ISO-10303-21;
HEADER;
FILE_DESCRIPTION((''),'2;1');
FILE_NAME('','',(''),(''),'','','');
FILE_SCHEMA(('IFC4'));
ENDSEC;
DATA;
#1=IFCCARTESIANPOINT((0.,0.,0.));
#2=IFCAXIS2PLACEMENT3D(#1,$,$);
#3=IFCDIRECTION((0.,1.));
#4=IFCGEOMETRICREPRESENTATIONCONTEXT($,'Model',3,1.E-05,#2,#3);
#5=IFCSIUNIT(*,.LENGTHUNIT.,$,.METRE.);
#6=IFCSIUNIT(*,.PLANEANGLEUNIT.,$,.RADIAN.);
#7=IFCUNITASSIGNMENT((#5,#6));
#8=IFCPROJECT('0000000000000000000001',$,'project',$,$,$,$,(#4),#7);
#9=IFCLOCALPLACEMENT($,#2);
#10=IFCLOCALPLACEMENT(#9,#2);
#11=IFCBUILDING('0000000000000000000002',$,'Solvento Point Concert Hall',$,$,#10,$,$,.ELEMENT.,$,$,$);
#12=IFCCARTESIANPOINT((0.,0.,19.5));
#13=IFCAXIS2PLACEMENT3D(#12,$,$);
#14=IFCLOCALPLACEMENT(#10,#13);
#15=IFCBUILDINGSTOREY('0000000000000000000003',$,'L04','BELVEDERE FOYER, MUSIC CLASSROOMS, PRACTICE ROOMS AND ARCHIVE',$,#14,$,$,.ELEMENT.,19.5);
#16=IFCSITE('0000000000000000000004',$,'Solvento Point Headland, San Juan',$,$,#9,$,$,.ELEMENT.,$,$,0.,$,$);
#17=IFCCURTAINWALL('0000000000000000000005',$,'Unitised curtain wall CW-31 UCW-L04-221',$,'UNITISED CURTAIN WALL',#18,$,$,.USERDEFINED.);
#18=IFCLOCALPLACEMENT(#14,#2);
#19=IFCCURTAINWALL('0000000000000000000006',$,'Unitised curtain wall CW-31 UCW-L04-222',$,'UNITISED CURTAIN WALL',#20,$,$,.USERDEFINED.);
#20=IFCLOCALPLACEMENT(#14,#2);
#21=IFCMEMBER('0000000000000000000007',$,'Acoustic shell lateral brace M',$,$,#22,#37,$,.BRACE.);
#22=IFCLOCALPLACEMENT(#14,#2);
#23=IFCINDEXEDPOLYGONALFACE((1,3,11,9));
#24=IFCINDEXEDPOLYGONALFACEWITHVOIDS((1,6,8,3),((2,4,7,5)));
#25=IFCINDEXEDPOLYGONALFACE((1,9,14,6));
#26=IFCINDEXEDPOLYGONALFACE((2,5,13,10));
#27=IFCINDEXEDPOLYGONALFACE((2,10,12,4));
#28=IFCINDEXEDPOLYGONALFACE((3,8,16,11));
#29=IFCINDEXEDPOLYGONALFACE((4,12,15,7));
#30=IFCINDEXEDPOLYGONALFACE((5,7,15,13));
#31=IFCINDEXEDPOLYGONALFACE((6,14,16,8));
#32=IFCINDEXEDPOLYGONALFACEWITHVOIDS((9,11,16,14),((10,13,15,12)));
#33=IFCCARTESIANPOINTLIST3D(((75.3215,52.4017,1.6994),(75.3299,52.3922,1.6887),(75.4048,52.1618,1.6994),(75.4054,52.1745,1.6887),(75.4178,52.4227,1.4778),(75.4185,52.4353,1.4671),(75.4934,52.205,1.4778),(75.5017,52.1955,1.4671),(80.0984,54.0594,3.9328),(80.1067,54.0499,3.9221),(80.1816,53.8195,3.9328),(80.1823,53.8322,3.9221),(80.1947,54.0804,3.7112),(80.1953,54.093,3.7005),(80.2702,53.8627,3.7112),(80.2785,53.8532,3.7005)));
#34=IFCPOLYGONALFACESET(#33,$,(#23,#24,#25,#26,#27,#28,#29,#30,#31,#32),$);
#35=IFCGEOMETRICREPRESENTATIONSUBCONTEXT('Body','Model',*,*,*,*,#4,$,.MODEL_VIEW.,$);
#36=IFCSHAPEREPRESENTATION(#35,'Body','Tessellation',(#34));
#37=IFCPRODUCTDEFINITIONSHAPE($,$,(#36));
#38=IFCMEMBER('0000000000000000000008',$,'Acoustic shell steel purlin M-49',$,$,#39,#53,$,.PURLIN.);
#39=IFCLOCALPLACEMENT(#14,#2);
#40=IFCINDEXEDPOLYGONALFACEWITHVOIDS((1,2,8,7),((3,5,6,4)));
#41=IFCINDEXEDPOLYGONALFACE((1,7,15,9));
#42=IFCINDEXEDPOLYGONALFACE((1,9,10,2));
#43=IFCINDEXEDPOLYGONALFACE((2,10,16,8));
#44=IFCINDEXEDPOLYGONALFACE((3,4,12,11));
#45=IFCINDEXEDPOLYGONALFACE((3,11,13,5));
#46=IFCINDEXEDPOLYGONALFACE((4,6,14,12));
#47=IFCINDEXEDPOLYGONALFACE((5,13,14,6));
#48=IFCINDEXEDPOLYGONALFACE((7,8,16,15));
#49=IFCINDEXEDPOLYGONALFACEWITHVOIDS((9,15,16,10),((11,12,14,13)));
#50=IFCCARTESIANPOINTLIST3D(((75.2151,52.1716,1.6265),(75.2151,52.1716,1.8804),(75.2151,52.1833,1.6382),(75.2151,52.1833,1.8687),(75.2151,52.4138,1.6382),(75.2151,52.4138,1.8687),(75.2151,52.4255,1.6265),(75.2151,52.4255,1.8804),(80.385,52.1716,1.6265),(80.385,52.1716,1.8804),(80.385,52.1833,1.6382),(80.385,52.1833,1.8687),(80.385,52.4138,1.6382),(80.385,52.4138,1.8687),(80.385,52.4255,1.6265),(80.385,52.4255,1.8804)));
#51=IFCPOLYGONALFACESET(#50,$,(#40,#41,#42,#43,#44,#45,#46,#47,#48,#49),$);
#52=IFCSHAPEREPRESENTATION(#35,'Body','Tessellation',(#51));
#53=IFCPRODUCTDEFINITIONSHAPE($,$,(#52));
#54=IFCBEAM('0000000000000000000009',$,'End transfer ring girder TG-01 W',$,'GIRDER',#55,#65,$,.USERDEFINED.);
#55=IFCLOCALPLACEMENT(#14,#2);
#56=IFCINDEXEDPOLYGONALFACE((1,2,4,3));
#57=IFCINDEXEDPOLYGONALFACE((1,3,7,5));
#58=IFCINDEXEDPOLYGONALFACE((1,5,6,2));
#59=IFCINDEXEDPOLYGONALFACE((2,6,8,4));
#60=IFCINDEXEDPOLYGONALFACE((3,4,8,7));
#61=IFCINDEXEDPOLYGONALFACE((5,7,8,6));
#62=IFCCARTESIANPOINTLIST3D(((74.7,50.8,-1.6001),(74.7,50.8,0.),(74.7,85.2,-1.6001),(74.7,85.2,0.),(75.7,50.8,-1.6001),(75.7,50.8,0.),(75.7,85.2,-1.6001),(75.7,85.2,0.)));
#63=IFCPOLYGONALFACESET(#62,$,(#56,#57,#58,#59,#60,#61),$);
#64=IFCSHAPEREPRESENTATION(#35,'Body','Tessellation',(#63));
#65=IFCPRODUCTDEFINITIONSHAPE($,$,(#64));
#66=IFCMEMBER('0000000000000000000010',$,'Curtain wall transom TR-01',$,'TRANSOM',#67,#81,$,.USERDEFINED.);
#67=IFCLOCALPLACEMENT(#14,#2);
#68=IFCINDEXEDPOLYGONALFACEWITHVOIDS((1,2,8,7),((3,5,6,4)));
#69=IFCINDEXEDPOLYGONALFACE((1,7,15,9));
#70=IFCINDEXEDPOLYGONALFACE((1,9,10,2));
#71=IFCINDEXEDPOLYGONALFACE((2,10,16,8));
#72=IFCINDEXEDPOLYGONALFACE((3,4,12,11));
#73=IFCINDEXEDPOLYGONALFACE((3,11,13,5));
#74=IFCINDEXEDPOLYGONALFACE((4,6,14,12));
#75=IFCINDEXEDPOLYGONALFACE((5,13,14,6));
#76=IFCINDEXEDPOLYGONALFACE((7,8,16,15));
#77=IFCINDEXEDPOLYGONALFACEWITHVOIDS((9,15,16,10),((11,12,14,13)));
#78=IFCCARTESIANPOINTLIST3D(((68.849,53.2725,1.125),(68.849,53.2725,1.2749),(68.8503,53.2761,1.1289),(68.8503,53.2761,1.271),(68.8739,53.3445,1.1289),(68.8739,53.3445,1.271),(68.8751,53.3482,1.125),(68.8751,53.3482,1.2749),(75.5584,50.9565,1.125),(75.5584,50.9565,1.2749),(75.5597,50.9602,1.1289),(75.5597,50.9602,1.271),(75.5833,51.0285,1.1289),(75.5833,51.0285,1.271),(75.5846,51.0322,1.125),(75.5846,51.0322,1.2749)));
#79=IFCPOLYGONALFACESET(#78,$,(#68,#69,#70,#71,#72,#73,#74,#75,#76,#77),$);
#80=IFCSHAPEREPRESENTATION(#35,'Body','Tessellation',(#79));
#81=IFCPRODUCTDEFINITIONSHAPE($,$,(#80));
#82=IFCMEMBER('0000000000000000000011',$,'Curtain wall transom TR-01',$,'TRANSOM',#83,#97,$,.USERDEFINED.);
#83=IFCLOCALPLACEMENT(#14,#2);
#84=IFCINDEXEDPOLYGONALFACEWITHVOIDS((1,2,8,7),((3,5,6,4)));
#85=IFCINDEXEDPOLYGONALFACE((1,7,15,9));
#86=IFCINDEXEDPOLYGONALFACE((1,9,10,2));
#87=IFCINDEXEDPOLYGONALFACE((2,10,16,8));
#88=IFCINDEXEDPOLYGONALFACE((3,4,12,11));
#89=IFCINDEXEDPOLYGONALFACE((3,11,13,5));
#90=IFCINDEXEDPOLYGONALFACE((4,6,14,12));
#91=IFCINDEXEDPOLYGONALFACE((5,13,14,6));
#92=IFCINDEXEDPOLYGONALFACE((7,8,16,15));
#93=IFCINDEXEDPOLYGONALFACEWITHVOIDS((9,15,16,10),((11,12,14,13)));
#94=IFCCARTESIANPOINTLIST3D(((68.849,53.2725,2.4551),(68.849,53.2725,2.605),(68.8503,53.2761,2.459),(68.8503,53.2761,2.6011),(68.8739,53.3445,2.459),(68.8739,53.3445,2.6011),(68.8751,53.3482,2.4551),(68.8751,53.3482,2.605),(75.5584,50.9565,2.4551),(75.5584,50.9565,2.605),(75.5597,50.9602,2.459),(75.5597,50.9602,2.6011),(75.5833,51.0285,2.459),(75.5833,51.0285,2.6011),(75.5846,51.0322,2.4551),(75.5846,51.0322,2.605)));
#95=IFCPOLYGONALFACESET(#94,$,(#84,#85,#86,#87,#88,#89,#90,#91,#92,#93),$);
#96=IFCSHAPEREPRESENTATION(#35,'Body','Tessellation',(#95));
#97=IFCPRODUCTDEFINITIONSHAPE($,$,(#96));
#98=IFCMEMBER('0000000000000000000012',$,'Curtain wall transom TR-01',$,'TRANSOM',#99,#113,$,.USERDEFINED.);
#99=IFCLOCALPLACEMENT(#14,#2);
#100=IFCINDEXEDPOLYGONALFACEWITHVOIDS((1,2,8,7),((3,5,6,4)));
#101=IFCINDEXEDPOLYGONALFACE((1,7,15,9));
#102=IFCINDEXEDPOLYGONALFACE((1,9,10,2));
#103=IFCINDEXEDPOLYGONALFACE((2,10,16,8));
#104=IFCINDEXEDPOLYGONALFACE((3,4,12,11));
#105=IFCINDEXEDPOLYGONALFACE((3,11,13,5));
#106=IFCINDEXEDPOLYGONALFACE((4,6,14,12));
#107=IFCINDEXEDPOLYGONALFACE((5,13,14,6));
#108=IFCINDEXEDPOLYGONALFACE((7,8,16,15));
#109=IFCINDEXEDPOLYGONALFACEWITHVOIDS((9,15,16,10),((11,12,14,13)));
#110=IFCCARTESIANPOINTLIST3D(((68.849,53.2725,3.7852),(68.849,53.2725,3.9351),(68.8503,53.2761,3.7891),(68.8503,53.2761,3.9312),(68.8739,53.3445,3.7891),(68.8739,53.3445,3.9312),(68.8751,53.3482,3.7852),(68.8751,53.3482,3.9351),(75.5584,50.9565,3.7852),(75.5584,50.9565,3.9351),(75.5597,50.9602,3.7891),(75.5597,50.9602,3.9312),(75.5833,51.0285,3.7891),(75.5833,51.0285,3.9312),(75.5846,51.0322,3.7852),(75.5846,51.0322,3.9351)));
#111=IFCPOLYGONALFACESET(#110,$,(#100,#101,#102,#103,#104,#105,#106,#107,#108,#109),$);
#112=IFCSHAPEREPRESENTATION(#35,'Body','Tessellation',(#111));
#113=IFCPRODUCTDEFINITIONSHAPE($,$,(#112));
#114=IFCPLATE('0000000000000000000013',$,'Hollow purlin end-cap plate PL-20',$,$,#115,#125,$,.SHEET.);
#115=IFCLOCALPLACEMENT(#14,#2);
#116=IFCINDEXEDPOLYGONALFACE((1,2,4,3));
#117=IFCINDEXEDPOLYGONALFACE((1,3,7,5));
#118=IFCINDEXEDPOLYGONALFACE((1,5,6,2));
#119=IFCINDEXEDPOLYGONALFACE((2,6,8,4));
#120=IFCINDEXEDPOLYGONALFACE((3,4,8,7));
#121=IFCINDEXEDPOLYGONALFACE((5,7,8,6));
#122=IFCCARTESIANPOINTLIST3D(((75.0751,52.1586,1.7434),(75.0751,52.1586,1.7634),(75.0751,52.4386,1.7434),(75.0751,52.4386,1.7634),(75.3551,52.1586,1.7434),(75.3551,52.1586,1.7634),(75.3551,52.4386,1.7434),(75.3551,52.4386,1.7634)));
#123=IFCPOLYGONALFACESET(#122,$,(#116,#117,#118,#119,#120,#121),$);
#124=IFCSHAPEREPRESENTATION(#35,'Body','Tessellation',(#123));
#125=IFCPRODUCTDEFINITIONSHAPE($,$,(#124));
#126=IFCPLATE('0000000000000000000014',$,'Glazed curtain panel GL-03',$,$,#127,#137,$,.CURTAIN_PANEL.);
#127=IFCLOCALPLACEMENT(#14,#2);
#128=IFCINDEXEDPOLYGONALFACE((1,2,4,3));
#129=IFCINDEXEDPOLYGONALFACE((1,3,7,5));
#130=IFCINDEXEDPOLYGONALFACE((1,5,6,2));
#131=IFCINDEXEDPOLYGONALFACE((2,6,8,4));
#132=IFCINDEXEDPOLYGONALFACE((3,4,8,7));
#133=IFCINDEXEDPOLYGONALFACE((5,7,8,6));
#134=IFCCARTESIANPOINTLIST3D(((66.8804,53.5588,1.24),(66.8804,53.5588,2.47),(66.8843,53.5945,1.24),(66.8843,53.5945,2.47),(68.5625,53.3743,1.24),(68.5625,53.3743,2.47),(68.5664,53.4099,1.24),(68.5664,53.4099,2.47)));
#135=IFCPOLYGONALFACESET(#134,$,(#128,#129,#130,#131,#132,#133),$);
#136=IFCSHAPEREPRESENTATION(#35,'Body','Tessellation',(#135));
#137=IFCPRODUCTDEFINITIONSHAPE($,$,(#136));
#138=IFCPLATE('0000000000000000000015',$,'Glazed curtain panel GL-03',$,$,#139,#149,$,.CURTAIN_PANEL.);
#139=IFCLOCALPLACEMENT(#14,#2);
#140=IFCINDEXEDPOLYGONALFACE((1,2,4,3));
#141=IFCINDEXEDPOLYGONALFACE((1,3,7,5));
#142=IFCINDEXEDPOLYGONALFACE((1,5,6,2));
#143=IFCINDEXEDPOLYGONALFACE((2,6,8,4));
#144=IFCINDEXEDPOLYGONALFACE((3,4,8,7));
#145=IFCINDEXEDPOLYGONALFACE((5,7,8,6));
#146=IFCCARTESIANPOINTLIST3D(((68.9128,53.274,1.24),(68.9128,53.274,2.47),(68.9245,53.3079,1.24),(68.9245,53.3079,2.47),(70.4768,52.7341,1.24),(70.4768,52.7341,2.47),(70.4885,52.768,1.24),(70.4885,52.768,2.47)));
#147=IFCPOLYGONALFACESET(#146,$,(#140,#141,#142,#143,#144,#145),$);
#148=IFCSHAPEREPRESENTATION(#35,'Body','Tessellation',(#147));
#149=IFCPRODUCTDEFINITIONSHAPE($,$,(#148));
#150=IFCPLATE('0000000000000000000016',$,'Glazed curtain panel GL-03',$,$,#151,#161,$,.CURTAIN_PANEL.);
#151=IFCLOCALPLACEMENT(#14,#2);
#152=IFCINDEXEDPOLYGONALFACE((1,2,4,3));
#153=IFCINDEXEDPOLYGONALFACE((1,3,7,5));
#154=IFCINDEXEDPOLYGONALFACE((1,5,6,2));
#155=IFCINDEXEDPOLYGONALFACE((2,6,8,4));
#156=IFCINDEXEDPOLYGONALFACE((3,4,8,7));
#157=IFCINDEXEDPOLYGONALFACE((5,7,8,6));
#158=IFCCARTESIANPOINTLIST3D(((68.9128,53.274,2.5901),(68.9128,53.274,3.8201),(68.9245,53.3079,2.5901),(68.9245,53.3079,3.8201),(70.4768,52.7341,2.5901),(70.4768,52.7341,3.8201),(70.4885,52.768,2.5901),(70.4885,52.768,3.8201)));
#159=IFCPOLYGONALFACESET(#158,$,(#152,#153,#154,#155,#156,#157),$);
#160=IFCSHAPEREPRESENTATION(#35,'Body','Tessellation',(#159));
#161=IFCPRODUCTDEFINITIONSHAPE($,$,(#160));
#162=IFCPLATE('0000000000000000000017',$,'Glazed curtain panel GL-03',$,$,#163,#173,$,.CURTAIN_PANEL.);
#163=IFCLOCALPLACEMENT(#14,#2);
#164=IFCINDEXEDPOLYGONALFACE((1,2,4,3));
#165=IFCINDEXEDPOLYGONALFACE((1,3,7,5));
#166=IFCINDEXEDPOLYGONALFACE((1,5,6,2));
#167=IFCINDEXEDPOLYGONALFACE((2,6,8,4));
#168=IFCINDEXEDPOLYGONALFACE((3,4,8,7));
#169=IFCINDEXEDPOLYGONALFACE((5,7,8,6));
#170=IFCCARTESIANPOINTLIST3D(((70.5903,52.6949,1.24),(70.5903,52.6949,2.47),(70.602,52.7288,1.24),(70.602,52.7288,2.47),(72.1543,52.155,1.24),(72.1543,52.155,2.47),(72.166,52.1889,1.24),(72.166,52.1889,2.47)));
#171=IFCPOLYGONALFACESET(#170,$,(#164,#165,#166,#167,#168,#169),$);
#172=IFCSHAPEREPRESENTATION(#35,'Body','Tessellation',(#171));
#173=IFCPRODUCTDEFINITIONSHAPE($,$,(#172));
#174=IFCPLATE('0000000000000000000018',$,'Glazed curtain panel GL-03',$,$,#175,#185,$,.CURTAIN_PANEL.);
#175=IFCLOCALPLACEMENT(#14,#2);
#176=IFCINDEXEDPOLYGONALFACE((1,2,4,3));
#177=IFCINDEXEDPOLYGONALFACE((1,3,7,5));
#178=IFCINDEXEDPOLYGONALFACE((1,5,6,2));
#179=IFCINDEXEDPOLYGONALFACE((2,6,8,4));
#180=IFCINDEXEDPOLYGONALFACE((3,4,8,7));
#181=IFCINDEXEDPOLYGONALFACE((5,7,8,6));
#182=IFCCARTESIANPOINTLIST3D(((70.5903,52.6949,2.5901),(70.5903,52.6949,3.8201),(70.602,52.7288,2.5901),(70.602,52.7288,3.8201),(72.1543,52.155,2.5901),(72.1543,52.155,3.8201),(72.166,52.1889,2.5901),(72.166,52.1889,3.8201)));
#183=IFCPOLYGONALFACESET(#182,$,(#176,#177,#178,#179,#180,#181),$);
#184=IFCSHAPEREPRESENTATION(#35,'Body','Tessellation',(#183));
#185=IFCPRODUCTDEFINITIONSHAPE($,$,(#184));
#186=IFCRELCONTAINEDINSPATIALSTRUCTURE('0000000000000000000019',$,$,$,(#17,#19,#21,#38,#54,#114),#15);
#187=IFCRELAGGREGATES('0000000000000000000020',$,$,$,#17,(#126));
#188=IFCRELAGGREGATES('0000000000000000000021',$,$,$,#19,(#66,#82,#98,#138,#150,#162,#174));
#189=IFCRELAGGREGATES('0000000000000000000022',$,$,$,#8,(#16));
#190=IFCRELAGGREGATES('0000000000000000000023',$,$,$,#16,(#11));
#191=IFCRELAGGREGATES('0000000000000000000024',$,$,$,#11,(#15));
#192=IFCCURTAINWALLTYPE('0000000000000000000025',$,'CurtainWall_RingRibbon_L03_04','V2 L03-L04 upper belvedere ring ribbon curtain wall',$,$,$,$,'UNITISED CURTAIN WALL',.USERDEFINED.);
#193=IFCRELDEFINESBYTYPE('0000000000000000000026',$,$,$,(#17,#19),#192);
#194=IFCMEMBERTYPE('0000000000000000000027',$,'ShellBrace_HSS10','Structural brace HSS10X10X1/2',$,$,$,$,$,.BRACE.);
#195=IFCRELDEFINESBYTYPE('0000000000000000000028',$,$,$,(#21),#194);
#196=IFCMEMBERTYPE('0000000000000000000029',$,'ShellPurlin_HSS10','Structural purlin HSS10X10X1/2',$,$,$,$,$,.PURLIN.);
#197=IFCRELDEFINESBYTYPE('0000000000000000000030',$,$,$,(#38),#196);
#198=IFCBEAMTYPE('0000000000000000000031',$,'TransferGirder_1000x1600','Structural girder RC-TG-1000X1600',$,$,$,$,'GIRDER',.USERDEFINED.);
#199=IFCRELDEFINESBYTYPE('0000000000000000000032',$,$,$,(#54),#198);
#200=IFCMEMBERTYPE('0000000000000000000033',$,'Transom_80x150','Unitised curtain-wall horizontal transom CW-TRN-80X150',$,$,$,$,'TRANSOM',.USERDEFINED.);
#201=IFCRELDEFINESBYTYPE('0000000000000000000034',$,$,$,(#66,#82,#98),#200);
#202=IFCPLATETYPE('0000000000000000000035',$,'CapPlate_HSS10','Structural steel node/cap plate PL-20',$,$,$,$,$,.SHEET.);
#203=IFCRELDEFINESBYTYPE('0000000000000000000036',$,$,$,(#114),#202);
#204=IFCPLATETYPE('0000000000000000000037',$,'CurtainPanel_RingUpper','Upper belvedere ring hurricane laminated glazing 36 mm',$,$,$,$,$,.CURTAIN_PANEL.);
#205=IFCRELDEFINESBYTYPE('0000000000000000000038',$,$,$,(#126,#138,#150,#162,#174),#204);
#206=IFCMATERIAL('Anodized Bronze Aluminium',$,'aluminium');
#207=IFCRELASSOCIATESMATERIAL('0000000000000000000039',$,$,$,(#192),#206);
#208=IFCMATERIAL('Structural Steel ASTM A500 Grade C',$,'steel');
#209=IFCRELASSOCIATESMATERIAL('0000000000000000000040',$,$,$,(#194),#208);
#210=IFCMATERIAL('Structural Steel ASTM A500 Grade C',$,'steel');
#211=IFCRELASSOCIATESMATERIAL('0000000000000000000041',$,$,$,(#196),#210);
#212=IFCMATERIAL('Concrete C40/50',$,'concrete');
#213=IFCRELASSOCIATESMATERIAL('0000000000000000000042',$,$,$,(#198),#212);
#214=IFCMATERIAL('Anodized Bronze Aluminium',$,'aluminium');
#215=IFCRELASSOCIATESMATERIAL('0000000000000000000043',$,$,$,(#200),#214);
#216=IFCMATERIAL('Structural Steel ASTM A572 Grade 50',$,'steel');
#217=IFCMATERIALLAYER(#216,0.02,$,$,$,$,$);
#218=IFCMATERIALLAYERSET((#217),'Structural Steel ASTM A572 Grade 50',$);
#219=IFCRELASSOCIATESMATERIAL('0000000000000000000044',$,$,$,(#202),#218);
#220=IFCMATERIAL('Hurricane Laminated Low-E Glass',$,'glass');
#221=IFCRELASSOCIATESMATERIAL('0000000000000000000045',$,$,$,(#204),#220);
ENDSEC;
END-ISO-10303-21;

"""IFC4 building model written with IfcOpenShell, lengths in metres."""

from ifc_helpers import new_model, si_unit, direction, frame, origin, origin_2d, place, context, subcontext, project, spatial, rectangle, hollow_rectangle, extrude, material, layer, layer_set, material_profile, profile_set, type_object, element, aggregate, save


model = new_model("IFC4")

# Units and contexts
model_context = context("Model", 3, precision=1e-05, world=origin(), true_north=direction((0.0, 1.0)))
body_context = subcontext(model_context, "Body", "Model", "MODEL_VIEW")
ifc_project = project(units=[si_unit("LENGTHUNIT", "METRE"), si_unit("PLANEANGLEUNIT", "RADIAN")], contexts=[model_context])

# Site, building, storey
site_placement = place(None, origin())
site = spatial("IfcSite", under=ifc_project, at=site_placement, Name="Solvento Point Headland, San Juan", CompositionType="ELEMENT", RefElevation=0.0)
building_placement = place(site_placement, origin())
building = spatial("IfcBuilding", under=site, at=building_placement, Name="Solvento Point Concert Hall", CompositionType="ELEMENT")
storey_placement = place(building_placement, frame((0.0, 0.0, 19.5)))
storey = spatial("IfcBuildingStorey", under=building, at=storey_placement, Name="L04", Description="BELVEDERE FOYER, MUSIC CLASSROOMS, PRACTICE ROOMS AND ARCHIVE", CompositionType="ELEMENT", Elevation=19.5)

# Curtain wall
ifc_material_1 = material(Name="Anodized Bronze Aluminium", Category="aluminium")
curtain_wall_type = type_object("IfcCurtainWallType", Name="CurtainWall_RingRibbon_L03_04", Description="V2 L03-L04 upper belvedere ring ribbon curtain wall", ElementType="UNITISED CURTAIN WALL", PredefinedType="USERDEFINED", material=ifc_material_1)
curtain_wall_1_placement = place(storey_placement, origin())
curtain_wall_1 = element("IfcCurtainWall", 1, at=curtain_wall_1_placement, inside=storey, type_object=curtain_wall_type, Name="Unitised curtain wall CW-31 UCW-L04-221", ObjectType="UNITISED CURTAIN WALL", PredefinedType="USERDEFINED")

# Curtain wall
curtain_wall_2_placement = place(storey_placement, origin())
curtain_wall_2 = element("IfcCurtainWall", 2, at=curtain_wall_2_placement, inside=storey, type_object=curtain_wall_type, Name="Unitised curtain wall CW-31 UCW-L04-222", ObjectType="UNITISED CURTAIN WALL", PredefinedType="USERDEFINED")

# Members
ifc_material_2 = material(Name="Structural Steel ASTM A500 Grade C", Category="steel")
ifc_material_profile_1 = material_profile(ifc_material_2, hollow_rectangle(XDim=0.2539, YDim=0.2539, WallThickness=0.0117, at=origin_2d()), Name="HSS10X10X1/2")
ifc_profile_set_1 = profile_set([ifc_material_profile_1], Name="Structural Steel ASTM A500 Grade C")
member_type_1 = type_object("IfcMemberType", Name="ShellBrace_HSS10", Description="Structural brace HSS10X10X1/2", PredefinedType="BRACE", material=ifc_profile_set_1)
member_1_placement = place(storey_placement, frame((75.4116, 52.2986, 1.5833), z_axis=(0.864182, 0.299897, 0.404044), x_axis=(-0.32785, 0.94473, 0.0)))
element("IfcMember", 3, at=member_1_placement, inside=storey, type_object=member_type_1, Name="Acoustic shell lateral brace M", PredefinedType="BRACE", context=body_context, shape_type="SweptSolid", body=[
    extrude(hollow_rectangle(XDim=0.2539, YDim=0.2539, WallThickness=0.0117, at=origin_2d()), origin(), (0.0, 0.0, 1.0), 5.5276),
])
ifc_material_3 = material(Name="Structural Steel ASTM A500 Grade C", Category="steel")
ifc_material_profile_2 = material_profile(ifc_material_3, hollow_rectangle(XDim=0.2539, YDim=0.2539, WallThickness=0.0117, at=origin_2d()), Name="HSS10X10X1/2")
ifc_profile_set_2 = profile_set([ifc_material_profile_2], Name="Structural Steel ASTM A500 Grade C")
member_type_2 = type_object("IfcMemberType", Name="ShellPurlin_HSS10", Description="Structural purlin HSS10X10X1/2", PredefinedType="PURLIN", material=ifc_profile_set_2)
member_2_placement = place(storey_placement, frame((75.2151, 52.2986, 1.7534), z_axis=(1.0, 0.0, 0.0), x_axis=(0.0, 1.0, 0.0)))
element("IfcMember", 4, at=member_2_placement, inside=storey, type_object=member_type_2, Name="Acoustic shell steel purlin M-49", PredefinedType="PURLIN", context=body_context, shape_type="SweptSolid", body=[
    extrude(hollow_rectangle(XDim=0.2539, YDim=0.2539, WallThickness=0.0117, at=origin_2d()), origin(), (0.0, 0.0, 1.0), 5.1699),
])

# Beam
ifc_material_4 = material(Name="Concrete C40/50", Category="concrete")
ifc_material_profile_3 = material_profile(ifc_material_4, rectangle(XDim=1.0, YDim=1.6001, at=origin_2d()), Name="RC-TG-1000X1600")
ifc_profile_set_3 = profile_set([ifc_material_profile_3], Name="Concrete C40/50")
beam_type_1 = type_object("IfcBeamType", Name="TransferGirder_1000x1600", Description="Structural girder RC-TG-1000X1600", ElementType="GIRDER", PredefinedType="USERDEFINED", material=ifc_profile_set_3)
beam_1_placement = place(storey_placement, frame((75.2, 50.8, -0.8), z_axis=(0.0, 1.0, 0.0), x_axis=(-1.0, 0.0, 0.0)))
element("IfcBeam", 5, at=beam_1_placement, inside=storey, type_object=beam_type_1, Name="End transfer ring girder TG-01 W", ObjectType="GIRDER", PredefinedType="USERDEFINED", context=body_context, shape_type="SweptSolid", body=[
    extrude(rectangle(XDim=1.0, YDim=1.6001, at=origin_2d()), origin(), (0.0, 0.0, 1.0), 34.3999),
])

# Members
ifc_material_5 = material(Name="Anodized Bronze Aluminium", Category="aluminium")
ifc_material_profile_4 = material_profile(ifc_material_5, hollow_rectangle(XDim=0.0801, YDim=0.1499, WallThickness=0.0039, at=origin_2d()), Name="CW-TRN-80X150")
ifc_profile_set_4 = profile_set([ifc_material_profile_4], Name="Anodized Bronze Aluminium")
member_type_3 = type_object("IfcMemberType", Name="Transom_80x150", Description="Unitised curtain-wall horizontal transom CW-TRN-80X150", ElementType="TRANSOM", PredefinedType="USERDEFINED", material=ifc_profile_set_4)
member_3_placement = place(storey_placement, frame((68.8621, 53.3103, 1.2), z_axis=(0.945273, -0.326281, 0.0), x_axis=(0.326281, 0.945273, 0.0)))
member_3 = element("IfcMember", 6, at=member_3_placement, type_object=member_type_3, Name="Curtain wall transom TR-01", ObjectType="TRANSOM", PredefinedType="USERDEFINED", context=body_context, shape_type="SweptSolid", body=[
    extrude(hollow_rectangle(XDim=0.0801, YDim=0.1499, WallThickness=0.0039, at=origin_2d()), origin(), (0.0, 0.0, 1.0), 7.0979),
])
member_4_placement = place(storey_placement, frame((68.8621, 53.3103, 2.53), z_axis=(0.945273, -0.326281, 0.0), x_axis=(0.326281, 0.945273, 0.0)))
member_4 = element("IfcMember", 7, at=member_4_placement, type_object=member_type_3, Name="Curtain wall transom TR-01", ObjectType="TRANSOM", PredefinedType="USERDEFINED", context=body_context, shape_type="SweptSolid", body=[
    extrude(hollow_rectangle(XDim=0.0801, YDim=0.1499, WallThickness=0.0039, at=origin_2d()), origin(), (0.0, 0.0, 1.0), 7.0979),
])
member_5_placement = place(storey_placement, frame((68.8621, 53.3103, 3.8601), z_axis=(0.945273, -0.326281, 0.0), x_axis=(0.326281, 0.945273, 0.0)))
member_5 = element("IfcMember", 8, at=member_5_placement, type_object=member_type_3, Name="Curtain wall transom TR-01", ObjectType="TRANSOM", PredefinedType="USERDEFINED", context=body_context, shape_type="SweptSolid", body=[
    extrude(hollow_rectangle(XDim=0.0801, YDim=0.1499, WallThickness=0.0039, at=origin_2d()), origin(), (0.0, 0.0, 1.0), 7.0979),
])

# Plates
ifc_material_6 = material(Name="Structural Steel ASTM A572 Grade 50", Category="steel")
ifc_layer_1 = layer(ifc_material_6, 0.02)
ifc_layer_set_1 = layer_set([ifc_layer_1], Name="Structural Steel ASTM A572 Grade 50")
plate_type_1 = type_object("IfcPlateType", Name="CapPlate_HSS10", Description="Structural steel node/cap plate PL-20", PredefinedType="SHEET", material=ifc_layer_set_1)
plate_1_placement = place(storey_placement, frame((75.2151, 52.2986, 1.7434), z_axis=(0.0, 0.0, 1.0), x_axis=(0.0, 1.0, 0.0)))
element("IfcPlate", 9, at=plate_1_placement, inside=storey, type_object=plate_type_1, Name="Hollow purlin end-cap plate PL-20", PredefinedType="SHEET", context=body_context, shape_type="SweptSolid", body=[
    extrude(rectangle(XDim=0.28, YDim=0.28, at=origin_2d()), origin(), (0.0, 0.0, 1.0), 0.02),
])
ifc_material_7 = material(Name="Hurricane Laminated Low-E Glass", Category="glass")
plate_type_2 = type_object("IfcPlateType", Name="CurtainPanel_RingUpper", Description="Upper belvedere ring hurricane laminated glazing 36 mm", PredefinedType="CURTAIN_PANEL", material=ifc_material_7)
plate_2_placement = place(storey_placement, frame((67.7234, 53.4844, 1.24), z_axis=(0.0, 0.0, 1.0), x_axis=(0.994035, -0.109058, 0.0)))
plate_2 = element("IfcPlate", 10, at=plate_2_placement, type_object=plate_type_2, Name="Glazed curtain panel GL-03", PredefinedType="CURTAIN_PANEL", context=body_context, shape_type="SweptSolid", body=[
    extrude(rectangle(XDim=1.6921, YDim=0.0359, at=origin_2d()), origin(), (0.0, 0.0, 1.0), 1.23),
])
aggregate(curtain_wall_1, [plate_2])
plate_3_placement = place(storey_placement, frame((69.7007, 53.021, 1.24), z_axis=(0.0, 0.0, 1.0), x_axis=(0.945271, -0.326286, 0.0)))
plate_3 = element("IfcPlate", 11, at=plate_3_placement, type_object=plate_type_2, Name="Glazed curtain panel GL-03", PredefinedType="CURTAIN_PANEL", context=body_context, shape_type="SweptSolid", body=[
    extrude(rectangle(XDim=1.6545, YDim=0.0359, at=origin_2d()), origin(), (0.0, 0.0, 1.0), 1.23),
])
plate_4_placement = place(storey_placement, frame((69.7007, 53.021, 2.5901), z_axis=(0.0, 0.0, 1.0), x_axis=(0.945271, -0.326286, 0.0)))
plate_4 = element("IfcPlate", 12, at=plate_4_placement, type_object=plate_type_2, Name="Glazed curtain panel GL-03", PredefinedType="CURTAIN_PANEL", context=body_context, shape_type="SweptSolid", body=[
    extrude(rectangle(XDim=1.6545, YDim=0.0359, at=origin_2d()), origin(), (0.0, 0.0, 1.0), 1.23),
])
plate_5_placement = place(storey_placement, frame((71.3782, 52.4419, 1.24), z_axis=(0.0, 0.0, 1.0), x_axis=(0.945271, -0.326286, 0.0)))
plate_5 = element("IfcPlate", 13, at=plate_5_placement, type_object=plate_type_2, Name="Glazed curtain panel GL-03", PredefinedType="CURTAIN_PANEL", context=body_context, shape_type="SweptSolid", body=[
    extrude(rectangle(XDim=1.6545, YDim=0.0359, at=origin_2d()), origin(), (0.0, 0.0, 1.0), 1.23),
])
plate_6_placement = place(storey_placement, frame((71.3782, 52.4419, 2.5901), z_axis=(0.0, 0.0, 1.0), x_axis=(0.945271, -0.326286, 0.0)))
plate_6 = element("IfcPlate", 14, at=plate_6_placement, type_object=plate_type_2, Name="Glazed curtain panel GL-03", PredefinedType="CURTAIN_PANEL", context=body_context, shape_type="SweptSolid", body=[
    extrude(rectangle(XDim=1.6545, YDim=0.0359, at=origin_2d()), origin(), (0.0, 0.0, 1.0), 1.23),
])
aggregate(curtain_wall_2, [member_3, member_4, member_5, plate_3, plate_4, plate_5, plate_6])

save(model, "model.ifc")
